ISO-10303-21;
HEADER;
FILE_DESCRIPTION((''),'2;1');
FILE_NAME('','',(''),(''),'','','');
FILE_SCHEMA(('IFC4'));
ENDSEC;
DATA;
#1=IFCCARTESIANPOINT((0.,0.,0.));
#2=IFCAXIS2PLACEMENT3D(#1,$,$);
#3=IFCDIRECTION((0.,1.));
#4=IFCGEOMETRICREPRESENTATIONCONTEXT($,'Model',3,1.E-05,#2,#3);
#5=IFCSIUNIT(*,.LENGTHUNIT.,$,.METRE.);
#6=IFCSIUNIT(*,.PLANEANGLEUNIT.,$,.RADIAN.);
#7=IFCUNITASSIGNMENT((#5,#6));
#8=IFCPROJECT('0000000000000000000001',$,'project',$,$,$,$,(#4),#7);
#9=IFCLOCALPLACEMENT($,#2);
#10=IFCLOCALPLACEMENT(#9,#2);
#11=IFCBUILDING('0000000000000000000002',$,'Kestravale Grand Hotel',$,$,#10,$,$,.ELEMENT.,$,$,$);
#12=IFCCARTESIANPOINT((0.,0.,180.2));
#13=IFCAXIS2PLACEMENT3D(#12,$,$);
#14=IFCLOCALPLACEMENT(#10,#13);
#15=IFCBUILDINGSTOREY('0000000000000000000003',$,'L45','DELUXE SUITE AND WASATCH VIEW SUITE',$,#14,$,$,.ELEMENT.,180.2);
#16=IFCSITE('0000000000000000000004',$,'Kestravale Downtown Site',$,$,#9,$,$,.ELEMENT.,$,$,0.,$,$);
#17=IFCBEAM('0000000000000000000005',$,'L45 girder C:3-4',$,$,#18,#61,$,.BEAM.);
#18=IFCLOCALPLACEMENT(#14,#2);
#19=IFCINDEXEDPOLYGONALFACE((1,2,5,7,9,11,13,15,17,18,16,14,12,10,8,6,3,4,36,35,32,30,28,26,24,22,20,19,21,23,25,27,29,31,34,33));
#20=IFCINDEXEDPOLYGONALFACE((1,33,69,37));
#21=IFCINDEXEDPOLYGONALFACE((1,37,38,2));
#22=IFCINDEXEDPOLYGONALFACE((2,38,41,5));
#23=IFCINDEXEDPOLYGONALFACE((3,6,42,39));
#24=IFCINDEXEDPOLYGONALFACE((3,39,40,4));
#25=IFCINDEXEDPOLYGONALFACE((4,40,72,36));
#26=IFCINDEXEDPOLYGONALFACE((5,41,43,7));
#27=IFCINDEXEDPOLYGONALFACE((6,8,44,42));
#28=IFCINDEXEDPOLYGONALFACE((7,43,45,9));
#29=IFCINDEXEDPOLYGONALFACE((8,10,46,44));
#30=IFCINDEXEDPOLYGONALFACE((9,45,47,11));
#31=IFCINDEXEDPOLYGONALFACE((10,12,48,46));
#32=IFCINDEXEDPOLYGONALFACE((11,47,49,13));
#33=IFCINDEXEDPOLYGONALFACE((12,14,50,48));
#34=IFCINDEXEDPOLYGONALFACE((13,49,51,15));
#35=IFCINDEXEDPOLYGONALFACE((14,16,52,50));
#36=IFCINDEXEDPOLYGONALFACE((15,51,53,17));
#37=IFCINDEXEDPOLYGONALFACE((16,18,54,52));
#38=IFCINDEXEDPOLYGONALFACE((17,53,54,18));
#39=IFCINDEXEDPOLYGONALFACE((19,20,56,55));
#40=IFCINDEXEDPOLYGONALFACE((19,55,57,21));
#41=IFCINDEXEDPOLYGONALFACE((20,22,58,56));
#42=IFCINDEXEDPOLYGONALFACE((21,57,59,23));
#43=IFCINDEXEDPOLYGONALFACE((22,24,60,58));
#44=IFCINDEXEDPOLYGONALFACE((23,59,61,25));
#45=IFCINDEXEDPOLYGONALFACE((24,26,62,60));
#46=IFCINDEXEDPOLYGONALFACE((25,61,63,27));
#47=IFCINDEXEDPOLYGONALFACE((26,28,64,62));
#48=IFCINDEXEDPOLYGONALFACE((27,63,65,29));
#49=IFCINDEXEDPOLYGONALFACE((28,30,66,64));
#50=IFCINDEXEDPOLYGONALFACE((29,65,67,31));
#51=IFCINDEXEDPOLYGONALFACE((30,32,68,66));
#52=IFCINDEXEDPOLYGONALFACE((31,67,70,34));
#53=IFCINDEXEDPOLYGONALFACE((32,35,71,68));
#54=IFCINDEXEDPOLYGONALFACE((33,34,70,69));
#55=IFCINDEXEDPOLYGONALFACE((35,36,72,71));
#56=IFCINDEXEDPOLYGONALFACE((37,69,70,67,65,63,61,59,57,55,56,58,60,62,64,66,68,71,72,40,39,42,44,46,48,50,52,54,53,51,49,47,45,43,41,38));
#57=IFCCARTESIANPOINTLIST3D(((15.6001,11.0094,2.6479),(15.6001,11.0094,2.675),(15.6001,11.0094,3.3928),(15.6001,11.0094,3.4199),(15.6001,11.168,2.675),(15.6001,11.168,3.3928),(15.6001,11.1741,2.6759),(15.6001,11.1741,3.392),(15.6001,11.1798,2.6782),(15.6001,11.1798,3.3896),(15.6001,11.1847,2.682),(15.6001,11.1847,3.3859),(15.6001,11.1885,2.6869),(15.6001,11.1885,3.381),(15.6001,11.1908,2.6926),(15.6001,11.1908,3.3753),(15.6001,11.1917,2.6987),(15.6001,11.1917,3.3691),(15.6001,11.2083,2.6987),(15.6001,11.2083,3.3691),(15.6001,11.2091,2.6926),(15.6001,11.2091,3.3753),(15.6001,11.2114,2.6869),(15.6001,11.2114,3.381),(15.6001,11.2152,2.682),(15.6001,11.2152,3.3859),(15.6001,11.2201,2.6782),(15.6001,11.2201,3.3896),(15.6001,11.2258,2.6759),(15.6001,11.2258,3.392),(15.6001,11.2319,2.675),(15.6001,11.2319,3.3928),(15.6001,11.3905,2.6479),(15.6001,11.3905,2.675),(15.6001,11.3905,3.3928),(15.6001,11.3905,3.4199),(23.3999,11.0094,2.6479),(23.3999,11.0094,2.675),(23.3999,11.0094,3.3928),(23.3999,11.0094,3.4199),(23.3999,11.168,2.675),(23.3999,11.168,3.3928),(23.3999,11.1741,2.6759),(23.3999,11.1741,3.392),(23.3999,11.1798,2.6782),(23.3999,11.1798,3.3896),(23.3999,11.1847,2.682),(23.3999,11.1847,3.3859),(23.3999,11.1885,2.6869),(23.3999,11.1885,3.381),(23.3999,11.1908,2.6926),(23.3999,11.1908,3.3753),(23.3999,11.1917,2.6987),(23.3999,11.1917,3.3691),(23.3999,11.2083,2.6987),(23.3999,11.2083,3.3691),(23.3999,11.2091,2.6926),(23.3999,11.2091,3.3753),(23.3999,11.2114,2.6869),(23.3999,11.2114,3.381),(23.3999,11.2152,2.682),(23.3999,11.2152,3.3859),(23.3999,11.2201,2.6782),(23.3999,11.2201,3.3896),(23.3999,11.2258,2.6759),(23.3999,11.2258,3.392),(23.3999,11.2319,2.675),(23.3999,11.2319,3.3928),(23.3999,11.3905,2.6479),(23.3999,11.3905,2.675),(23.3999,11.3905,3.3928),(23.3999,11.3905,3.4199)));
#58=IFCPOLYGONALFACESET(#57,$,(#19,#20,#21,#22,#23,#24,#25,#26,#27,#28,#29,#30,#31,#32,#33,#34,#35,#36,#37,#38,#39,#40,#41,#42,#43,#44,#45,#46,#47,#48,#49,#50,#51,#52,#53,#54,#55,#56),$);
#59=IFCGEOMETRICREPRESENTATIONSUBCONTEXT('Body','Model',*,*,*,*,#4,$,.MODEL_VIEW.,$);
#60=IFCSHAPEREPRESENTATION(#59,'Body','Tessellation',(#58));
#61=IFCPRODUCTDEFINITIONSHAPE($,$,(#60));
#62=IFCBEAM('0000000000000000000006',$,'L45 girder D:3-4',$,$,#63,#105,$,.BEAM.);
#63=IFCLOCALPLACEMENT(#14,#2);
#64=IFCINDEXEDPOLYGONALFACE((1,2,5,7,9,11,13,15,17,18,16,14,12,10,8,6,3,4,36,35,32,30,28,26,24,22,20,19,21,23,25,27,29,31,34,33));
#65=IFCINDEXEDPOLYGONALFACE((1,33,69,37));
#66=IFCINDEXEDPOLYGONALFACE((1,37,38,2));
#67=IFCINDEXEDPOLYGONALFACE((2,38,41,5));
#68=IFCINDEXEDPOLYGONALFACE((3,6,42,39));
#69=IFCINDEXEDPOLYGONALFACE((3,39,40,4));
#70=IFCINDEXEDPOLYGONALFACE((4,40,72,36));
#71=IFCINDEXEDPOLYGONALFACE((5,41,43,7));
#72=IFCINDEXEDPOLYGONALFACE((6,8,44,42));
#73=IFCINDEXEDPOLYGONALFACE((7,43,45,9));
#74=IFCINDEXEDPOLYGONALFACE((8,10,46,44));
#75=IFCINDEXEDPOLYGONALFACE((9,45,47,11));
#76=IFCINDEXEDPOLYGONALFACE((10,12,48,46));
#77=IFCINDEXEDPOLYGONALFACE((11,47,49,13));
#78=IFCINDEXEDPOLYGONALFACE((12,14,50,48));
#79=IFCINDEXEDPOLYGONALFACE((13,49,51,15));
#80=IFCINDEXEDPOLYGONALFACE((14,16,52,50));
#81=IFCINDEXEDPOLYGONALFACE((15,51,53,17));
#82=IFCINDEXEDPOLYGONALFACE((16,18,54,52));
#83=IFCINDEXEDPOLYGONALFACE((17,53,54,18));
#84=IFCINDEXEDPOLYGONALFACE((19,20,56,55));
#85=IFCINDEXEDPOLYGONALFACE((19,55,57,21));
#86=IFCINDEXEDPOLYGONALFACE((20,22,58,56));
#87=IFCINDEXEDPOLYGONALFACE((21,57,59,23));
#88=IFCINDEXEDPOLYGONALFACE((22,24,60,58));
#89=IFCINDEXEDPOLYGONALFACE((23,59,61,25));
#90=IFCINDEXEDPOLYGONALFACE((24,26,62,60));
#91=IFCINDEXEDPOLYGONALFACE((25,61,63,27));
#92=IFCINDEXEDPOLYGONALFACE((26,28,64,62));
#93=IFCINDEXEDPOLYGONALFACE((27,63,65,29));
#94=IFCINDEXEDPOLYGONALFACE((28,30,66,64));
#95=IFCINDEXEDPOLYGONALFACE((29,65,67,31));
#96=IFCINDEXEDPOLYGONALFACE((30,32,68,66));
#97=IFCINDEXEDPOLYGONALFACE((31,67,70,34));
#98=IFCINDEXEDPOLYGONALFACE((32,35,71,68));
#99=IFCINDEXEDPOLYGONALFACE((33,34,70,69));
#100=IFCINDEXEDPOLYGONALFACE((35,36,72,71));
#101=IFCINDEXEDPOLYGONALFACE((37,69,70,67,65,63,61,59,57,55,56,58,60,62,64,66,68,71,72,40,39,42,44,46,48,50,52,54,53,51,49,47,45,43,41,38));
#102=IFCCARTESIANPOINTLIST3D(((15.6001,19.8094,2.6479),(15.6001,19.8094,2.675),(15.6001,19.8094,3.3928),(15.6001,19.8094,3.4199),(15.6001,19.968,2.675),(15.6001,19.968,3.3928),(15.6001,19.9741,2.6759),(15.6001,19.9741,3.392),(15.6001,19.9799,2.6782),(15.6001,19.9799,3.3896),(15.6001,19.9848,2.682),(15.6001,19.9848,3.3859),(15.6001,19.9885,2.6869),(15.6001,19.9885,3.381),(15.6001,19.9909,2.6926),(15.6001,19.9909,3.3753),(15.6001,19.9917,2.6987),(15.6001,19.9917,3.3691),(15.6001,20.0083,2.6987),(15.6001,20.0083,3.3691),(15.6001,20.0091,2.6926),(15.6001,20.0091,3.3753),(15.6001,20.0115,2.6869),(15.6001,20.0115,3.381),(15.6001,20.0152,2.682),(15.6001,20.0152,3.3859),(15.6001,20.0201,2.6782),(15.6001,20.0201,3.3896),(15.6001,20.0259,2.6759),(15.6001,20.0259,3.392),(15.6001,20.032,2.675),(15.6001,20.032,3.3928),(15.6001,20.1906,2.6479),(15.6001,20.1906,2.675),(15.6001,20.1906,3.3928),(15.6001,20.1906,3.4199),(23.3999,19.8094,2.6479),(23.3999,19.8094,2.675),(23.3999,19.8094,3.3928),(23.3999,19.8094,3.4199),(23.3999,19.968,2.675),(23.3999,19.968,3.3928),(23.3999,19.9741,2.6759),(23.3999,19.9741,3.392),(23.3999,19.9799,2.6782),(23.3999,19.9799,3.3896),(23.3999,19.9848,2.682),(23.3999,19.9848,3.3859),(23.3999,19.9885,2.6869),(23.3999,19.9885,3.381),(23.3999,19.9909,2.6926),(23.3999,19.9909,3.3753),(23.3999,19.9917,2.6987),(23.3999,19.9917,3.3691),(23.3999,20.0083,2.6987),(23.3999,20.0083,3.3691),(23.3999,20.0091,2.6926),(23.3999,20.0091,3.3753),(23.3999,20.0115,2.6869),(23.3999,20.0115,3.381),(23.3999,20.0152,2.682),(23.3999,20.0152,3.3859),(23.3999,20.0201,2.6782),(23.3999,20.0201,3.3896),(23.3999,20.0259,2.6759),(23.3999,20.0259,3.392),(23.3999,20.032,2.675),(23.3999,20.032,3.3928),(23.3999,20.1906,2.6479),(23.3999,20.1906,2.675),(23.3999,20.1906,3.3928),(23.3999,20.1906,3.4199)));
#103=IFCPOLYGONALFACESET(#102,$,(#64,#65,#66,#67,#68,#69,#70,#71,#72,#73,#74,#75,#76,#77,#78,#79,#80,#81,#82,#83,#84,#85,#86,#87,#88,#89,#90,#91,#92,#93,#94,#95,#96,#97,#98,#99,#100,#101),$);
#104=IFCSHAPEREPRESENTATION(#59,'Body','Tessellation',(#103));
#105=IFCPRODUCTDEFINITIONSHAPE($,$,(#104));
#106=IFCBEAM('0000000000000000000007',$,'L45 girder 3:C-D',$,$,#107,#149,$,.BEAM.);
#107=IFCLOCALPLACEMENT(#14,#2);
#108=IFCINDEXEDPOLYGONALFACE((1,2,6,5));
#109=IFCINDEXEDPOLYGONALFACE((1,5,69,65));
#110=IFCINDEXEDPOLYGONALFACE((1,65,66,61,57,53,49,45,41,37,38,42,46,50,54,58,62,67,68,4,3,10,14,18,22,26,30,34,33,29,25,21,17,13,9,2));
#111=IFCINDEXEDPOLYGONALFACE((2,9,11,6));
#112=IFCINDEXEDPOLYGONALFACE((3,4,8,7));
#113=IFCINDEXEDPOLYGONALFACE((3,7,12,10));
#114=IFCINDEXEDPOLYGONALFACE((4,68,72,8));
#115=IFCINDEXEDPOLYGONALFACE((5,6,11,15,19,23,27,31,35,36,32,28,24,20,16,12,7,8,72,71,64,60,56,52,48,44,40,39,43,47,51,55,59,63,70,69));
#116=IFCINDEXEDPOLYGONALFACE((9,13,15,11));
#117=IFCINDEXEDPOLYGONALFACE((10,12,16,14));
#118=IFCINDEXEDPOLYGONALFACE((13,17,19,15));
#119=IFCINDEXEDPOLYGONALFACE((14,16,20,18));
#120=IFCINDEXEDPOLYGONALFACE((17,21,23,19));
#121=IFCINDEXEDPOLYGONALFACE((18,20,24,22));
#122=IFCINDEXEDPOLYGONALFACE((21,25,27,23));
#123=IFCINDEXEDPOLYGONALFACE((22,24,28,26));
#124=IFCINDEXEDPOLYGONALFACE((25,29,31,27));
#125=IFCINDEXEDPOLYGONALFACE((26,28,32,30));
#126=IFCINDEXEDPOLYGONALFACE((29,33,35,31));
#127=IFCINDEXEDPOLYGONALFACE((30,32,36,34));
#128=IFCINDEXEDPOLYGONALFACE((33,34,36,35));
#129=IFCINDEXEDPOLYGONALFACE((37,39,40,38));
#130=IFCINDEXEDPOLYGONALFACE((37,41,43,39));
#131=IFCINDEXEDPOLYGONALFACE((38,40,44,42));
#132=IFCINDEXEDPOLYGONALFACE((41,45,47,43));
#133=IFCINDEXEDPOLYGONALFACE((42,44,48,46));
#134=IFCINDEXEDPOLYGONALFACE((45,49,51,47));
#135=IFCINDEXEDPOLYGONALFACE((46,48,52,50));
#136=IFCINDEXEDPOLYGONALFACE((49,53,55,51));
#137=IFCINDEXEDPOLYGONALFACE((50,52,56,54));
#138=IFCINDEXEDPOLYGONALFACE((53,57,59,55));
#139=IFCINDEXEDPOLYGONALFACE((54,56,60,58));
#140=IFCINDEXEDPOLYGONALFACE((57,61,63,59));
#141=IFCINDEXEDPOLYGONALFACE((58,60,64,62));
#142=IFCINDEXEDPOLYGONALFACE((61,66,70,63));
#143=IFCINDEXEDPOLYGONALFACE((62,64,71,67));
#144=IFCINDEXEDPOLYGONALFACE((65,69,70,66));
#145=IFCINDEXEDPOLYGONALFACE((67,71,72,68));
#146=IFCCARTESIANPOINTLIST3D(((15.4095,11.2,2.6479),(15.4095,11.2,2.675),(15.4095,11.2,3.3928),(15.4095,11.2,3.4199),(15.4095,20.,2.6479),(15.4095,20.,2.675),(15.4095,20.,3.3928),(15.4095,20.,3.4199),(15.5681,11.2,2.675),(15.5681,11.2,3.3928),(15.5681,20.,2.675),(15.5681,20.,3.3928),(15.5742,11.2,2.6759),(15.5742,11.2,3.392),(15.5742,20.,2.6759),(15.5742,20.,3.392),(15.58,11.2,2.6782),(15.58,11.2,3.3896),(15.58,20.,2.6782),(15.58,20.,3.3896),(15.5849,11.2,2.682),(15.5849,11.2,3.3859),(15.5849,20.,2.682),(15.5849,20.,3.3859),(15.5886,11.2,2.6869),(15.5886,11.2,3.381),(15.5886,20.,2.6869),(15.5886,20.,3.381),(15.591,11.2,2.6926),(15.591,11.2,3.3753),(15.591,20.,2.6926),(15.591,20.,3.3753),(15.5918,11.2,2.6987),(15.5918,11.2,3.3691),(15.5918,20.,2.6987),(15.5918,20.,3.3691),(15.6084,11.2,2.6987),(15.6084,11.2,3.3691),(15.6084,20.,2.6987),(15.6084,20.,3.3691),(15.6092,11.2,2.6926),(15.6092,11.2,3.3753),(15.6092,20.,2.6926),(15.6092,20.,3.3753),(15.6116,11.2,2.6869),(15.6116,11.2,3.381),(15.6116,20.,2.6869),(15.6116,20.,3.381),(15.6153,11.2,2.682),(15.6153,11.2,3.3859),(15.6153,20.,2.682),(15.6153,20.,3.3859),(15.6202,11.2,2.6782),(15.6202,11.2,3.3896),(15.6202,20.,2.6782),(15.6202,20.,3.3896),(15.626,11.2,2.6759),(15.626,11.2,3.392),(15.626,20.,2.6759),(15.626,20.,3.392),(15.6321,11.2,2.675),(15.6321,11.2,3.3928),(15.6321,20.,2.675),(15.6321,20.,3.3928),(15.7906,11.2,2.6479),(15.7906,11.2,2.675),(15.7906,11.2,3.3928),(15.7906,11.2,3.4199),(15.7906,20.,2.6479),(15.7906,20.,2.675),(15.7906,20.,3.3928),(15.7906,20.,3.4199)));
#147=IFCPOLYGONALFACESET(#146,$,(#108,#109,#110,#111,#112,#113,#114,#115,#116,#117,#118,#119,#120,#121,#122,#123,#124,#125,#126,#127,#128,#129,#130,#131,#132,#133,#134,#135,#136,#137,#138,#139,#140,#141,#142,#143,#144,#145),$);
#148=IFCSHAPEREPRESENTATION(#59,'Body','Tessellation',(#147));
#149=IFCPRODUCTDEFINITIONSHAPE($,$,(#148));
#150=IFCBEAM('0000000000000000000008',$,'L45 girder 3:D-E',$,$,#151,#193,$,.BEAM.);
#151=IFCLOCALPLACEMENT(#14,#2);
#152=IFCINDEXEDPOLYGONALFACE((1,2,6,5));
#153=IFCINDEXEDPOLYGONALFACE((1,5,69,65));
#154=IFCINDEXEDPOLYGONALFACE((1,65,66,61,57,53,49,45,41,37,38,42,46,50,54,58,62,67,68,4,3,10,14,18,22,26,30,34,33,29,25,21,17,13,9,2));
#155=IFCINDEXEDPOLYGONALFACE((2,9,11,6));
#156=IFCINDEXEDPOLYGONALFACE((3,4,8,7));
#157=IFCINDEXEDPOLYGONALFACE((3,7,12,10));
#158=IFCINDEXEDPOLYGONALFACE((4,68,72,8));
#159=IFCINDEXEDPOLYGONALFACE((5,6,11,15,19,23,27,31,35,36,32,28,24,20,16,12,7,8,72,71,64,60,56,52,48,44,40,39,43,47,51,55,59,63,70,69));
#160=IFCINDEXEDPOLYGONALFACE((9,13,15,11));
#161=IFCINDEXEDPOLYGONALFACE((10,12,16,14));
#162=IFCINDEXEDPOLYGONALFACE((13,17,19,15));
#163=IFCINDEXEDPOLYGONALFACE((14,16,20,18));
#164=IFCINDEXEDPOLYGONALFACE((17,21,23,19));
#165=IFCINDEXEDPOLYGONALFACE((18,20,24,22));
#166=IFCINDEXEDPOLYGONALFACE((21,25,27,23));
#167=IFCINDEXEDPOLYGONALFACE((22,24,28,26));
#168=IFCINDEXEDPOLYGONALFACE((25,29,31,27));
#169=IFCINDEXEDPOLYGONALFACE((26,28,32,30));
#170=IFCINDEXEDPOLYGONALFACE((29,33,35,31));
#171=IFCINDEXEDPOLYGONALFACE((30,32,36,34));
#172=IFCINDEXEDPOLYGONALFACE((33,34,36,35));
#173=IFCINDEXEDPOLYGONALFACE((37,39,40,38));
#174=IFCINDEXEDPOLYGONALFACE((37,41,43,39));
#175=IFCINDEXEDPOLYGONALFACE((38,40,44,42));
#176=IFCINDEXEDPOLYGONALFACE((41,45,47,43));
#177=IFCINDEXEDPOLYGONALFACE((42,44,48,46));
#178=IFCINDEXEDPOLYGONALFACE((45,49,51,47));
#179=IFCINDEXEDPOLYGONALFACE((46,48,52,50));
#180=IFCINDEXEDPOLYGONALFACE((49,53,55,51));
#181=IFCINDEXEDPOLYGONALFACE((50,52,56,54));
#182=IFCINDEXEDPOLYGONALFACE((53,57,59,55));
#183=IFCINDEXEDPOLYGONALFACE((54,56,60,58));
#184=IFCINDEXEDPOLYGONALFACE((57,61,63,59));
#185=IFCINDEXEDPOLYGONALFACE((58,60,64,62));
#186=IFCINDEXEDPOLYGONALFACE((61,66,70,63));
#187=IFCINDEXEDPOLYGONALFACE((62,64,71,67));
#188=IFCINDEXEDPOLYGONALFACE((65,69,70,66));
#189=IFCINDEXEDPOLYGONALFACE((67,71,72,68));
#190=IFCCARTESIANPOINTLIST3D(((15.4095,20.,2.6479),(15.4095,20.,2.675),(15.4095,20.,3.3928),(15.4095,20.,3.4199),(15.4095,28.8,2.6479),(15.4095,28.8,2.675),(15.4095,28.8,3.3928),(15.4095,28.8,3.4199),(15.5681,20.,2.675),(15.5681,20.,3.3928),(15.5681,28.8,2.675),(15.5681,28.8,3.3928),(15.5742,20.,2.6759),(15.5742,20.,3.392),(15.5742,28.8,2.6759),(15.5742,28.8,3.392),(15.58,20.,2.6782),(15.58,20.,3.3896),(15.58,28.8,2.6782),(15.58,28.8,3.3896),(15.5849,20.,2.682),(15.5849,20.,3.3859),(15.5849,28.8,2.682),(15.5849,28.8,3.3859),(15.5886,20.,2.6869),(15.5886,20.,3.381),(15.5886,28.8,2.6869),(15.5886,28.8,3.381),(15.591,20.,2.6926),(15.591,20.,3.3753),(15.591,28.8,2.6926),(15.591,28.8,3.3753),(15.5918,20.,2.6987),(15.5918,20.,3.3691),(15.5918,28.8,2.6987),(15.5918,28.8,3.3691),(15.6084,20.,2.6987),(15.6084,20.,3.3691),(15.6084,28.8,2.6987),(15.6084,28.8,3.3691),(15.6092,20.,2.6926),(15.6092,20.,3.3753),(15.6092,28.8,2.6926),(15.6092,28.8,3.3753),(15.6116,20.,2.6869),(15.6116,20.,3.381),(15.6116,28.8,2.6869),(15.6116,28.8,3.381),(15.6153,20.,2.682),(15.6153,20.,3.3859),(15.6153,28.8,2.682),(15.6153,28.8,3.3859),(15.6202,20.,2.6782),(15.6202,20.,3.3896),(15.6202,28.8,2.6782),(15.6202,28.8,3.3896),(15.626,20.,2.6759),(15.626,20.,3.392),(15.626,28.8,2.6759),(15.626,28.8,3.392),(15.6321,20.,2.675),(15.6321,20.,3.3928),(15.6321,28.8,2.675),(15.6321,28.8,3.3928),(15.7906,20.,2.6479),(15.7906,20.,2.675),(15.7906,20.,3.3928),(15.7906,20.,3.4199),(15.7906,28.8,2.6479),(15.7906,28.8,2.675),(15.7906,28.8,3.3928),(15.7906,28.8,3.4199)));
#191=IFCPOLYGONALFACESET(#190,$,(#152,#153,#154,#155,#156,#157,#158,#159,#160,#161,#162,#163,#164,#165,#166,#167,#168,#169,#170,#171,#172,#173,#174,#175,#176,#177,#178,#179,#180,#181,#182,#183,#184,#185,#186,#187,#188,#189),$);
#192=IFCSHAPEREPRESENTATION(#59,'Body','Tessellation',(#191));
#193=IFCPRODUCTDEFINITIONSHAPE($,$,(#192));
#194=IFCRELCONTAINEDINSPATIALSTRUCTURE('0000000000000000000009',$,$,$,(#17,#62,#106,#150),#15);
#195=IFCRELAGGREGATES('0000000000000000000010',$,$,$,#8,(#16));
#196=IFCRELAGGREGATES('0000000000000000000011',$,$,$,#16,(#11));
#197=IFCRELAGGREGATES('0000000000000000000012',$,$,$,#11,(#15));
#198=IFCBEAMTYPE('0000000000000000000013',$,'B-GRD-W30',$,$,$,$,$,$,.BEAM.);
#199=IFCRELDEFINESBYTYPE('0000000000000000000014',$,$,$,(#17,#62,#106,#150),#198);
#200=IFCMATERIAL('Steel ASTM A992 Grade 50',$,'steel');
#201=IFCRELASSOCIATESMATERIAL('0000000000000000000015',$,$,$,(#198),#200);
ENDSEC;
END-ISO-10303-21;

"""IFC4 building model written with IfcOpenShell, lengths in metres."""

from ifc_helpers import new_model, si_unit, direction, frame, origin, origin_2d, place, context, subcontext, project, spatial, i_section, extrude, material, material_profile, profile_set, type_object, element, save


model = new_model("IFC4")

# Units and contexts
model_context = context("Model", 3, precision=1e-05, world=origin(), true_north=direction((0.0, 1.0)))
body_context = subcontext(model_context, "Body", "Model", "MODEL_VIEW")
ifc_project = project(units=[si_unit("LENGTHUNIT", "METRE"), si_unit("PLANEANGLEUNIT", "RADIAN")], contexts=[model_context])

# Site, building, storey
site_placement = place(None, origin())
site = spatial("IfcSite", under=ifc_project, at=site_placement, Name="Kestravale Downtown Site", CompositionType="ELEMENT", RefElevation=0.0)
building_placement = place(site_placement, origin())
building = spatial("IfcBuilding", under=site, at=building_placement, Name="Kestravale Grand Hotel", CompositionType="ELEMENT")
storey_placement = place(building_placement, frame((0.0, 0.0, 180.2)))
storey = spatial("IfcBuildingStorey", under=building, at=storey_placement, Name="L45", Description="DELUXE SUITE AND WASATCH VIEW SUITE", CompositionType="ELEMENT", Elevation=180.2)

# Beams
ifc_material_1 = material(Name="Steel ASTM A992 Grade 50", Category="steel")
ifc_material_profile_1 = material_profile(ifc_material_1, i_section(OverallWidth=0.3811, OverallDepth=0.772, WebThickness=0.0166, FlangeThickness=0.0271, FilletRadius=0.0237, at=origin_2d()))
ifc_profile_set_1 = profile_set([ifc_material_profile_1], Name="Steel ASTM A992 Grade 50")
beam_type_1 = type_object("IfcBeamType", Name="B-GRD-W30", PredefinedType="BEAM", material=ifc_profile_set_1)
for number, where, z_axis, x_axis, name in (
    (1, (15.6001, 11.2, 3.0339), (1.0, 0.0, 0.0), (0.0, 1.0, 0.0), "L45 girder C:3-4"),
    (2, (15.6001, 20.0, 3.0339), (1.0, 0.0, 0.0), (0.0, 1.0, 0.0), "L45 girder D:3-4"),
):
    element("IfcBeam", number, at=place(storey_placement, frame(where, z_axis=z_axis, x_axis=x_axis)), inside=storey, type_object=beam_type_1, Name=name, PredefinedType="BEAM", context=body_context, shape_type="SweptSolid", body=[
        extrude(i_section(OverallWidth=0.3811, OverallDepth=0.772, WebThickness=0.0166, FlangeThickness=0.0271, FilletRadius=0.0237, at=origin_2d()), origin(), (0.0, 0.0, 1.0), 7.7998),
    ])
for number, where, z_axis, x_axis, name in (
    (3, (15.6001, 11.2, 3.0339), (0.0, 1.0, 0.0), (-1.0, 0.0, 0.0), "L45 girder 3:C-D"),
    (4, (15.6001, 20.0, 3.0339), (0.0, 1.0, 0.0), (-1.0, 0.0, 0.0), "L45 girder 3:D-E"),
):
    element("IfcBeam", number, at=place(storey_placement, frame(where, z_axis=z_axis, x_axis=x_axis)), inside=storey, type_object=beam_type_1, Name=name, PredefinedType="BEAM", context=body_context, shape_type="SweptSolid", body=[
        extrude(i_section(OverallWidth=0.3811, OverallDepth=0.772, WebThickness=0.0166, FlangeThickness=0.0271, FilletRadius=0.0237, at=origin_2d()), origin(), (0.0, 0.0, 1.0), 8.8),
    ])

save(model, "model.ifc")
